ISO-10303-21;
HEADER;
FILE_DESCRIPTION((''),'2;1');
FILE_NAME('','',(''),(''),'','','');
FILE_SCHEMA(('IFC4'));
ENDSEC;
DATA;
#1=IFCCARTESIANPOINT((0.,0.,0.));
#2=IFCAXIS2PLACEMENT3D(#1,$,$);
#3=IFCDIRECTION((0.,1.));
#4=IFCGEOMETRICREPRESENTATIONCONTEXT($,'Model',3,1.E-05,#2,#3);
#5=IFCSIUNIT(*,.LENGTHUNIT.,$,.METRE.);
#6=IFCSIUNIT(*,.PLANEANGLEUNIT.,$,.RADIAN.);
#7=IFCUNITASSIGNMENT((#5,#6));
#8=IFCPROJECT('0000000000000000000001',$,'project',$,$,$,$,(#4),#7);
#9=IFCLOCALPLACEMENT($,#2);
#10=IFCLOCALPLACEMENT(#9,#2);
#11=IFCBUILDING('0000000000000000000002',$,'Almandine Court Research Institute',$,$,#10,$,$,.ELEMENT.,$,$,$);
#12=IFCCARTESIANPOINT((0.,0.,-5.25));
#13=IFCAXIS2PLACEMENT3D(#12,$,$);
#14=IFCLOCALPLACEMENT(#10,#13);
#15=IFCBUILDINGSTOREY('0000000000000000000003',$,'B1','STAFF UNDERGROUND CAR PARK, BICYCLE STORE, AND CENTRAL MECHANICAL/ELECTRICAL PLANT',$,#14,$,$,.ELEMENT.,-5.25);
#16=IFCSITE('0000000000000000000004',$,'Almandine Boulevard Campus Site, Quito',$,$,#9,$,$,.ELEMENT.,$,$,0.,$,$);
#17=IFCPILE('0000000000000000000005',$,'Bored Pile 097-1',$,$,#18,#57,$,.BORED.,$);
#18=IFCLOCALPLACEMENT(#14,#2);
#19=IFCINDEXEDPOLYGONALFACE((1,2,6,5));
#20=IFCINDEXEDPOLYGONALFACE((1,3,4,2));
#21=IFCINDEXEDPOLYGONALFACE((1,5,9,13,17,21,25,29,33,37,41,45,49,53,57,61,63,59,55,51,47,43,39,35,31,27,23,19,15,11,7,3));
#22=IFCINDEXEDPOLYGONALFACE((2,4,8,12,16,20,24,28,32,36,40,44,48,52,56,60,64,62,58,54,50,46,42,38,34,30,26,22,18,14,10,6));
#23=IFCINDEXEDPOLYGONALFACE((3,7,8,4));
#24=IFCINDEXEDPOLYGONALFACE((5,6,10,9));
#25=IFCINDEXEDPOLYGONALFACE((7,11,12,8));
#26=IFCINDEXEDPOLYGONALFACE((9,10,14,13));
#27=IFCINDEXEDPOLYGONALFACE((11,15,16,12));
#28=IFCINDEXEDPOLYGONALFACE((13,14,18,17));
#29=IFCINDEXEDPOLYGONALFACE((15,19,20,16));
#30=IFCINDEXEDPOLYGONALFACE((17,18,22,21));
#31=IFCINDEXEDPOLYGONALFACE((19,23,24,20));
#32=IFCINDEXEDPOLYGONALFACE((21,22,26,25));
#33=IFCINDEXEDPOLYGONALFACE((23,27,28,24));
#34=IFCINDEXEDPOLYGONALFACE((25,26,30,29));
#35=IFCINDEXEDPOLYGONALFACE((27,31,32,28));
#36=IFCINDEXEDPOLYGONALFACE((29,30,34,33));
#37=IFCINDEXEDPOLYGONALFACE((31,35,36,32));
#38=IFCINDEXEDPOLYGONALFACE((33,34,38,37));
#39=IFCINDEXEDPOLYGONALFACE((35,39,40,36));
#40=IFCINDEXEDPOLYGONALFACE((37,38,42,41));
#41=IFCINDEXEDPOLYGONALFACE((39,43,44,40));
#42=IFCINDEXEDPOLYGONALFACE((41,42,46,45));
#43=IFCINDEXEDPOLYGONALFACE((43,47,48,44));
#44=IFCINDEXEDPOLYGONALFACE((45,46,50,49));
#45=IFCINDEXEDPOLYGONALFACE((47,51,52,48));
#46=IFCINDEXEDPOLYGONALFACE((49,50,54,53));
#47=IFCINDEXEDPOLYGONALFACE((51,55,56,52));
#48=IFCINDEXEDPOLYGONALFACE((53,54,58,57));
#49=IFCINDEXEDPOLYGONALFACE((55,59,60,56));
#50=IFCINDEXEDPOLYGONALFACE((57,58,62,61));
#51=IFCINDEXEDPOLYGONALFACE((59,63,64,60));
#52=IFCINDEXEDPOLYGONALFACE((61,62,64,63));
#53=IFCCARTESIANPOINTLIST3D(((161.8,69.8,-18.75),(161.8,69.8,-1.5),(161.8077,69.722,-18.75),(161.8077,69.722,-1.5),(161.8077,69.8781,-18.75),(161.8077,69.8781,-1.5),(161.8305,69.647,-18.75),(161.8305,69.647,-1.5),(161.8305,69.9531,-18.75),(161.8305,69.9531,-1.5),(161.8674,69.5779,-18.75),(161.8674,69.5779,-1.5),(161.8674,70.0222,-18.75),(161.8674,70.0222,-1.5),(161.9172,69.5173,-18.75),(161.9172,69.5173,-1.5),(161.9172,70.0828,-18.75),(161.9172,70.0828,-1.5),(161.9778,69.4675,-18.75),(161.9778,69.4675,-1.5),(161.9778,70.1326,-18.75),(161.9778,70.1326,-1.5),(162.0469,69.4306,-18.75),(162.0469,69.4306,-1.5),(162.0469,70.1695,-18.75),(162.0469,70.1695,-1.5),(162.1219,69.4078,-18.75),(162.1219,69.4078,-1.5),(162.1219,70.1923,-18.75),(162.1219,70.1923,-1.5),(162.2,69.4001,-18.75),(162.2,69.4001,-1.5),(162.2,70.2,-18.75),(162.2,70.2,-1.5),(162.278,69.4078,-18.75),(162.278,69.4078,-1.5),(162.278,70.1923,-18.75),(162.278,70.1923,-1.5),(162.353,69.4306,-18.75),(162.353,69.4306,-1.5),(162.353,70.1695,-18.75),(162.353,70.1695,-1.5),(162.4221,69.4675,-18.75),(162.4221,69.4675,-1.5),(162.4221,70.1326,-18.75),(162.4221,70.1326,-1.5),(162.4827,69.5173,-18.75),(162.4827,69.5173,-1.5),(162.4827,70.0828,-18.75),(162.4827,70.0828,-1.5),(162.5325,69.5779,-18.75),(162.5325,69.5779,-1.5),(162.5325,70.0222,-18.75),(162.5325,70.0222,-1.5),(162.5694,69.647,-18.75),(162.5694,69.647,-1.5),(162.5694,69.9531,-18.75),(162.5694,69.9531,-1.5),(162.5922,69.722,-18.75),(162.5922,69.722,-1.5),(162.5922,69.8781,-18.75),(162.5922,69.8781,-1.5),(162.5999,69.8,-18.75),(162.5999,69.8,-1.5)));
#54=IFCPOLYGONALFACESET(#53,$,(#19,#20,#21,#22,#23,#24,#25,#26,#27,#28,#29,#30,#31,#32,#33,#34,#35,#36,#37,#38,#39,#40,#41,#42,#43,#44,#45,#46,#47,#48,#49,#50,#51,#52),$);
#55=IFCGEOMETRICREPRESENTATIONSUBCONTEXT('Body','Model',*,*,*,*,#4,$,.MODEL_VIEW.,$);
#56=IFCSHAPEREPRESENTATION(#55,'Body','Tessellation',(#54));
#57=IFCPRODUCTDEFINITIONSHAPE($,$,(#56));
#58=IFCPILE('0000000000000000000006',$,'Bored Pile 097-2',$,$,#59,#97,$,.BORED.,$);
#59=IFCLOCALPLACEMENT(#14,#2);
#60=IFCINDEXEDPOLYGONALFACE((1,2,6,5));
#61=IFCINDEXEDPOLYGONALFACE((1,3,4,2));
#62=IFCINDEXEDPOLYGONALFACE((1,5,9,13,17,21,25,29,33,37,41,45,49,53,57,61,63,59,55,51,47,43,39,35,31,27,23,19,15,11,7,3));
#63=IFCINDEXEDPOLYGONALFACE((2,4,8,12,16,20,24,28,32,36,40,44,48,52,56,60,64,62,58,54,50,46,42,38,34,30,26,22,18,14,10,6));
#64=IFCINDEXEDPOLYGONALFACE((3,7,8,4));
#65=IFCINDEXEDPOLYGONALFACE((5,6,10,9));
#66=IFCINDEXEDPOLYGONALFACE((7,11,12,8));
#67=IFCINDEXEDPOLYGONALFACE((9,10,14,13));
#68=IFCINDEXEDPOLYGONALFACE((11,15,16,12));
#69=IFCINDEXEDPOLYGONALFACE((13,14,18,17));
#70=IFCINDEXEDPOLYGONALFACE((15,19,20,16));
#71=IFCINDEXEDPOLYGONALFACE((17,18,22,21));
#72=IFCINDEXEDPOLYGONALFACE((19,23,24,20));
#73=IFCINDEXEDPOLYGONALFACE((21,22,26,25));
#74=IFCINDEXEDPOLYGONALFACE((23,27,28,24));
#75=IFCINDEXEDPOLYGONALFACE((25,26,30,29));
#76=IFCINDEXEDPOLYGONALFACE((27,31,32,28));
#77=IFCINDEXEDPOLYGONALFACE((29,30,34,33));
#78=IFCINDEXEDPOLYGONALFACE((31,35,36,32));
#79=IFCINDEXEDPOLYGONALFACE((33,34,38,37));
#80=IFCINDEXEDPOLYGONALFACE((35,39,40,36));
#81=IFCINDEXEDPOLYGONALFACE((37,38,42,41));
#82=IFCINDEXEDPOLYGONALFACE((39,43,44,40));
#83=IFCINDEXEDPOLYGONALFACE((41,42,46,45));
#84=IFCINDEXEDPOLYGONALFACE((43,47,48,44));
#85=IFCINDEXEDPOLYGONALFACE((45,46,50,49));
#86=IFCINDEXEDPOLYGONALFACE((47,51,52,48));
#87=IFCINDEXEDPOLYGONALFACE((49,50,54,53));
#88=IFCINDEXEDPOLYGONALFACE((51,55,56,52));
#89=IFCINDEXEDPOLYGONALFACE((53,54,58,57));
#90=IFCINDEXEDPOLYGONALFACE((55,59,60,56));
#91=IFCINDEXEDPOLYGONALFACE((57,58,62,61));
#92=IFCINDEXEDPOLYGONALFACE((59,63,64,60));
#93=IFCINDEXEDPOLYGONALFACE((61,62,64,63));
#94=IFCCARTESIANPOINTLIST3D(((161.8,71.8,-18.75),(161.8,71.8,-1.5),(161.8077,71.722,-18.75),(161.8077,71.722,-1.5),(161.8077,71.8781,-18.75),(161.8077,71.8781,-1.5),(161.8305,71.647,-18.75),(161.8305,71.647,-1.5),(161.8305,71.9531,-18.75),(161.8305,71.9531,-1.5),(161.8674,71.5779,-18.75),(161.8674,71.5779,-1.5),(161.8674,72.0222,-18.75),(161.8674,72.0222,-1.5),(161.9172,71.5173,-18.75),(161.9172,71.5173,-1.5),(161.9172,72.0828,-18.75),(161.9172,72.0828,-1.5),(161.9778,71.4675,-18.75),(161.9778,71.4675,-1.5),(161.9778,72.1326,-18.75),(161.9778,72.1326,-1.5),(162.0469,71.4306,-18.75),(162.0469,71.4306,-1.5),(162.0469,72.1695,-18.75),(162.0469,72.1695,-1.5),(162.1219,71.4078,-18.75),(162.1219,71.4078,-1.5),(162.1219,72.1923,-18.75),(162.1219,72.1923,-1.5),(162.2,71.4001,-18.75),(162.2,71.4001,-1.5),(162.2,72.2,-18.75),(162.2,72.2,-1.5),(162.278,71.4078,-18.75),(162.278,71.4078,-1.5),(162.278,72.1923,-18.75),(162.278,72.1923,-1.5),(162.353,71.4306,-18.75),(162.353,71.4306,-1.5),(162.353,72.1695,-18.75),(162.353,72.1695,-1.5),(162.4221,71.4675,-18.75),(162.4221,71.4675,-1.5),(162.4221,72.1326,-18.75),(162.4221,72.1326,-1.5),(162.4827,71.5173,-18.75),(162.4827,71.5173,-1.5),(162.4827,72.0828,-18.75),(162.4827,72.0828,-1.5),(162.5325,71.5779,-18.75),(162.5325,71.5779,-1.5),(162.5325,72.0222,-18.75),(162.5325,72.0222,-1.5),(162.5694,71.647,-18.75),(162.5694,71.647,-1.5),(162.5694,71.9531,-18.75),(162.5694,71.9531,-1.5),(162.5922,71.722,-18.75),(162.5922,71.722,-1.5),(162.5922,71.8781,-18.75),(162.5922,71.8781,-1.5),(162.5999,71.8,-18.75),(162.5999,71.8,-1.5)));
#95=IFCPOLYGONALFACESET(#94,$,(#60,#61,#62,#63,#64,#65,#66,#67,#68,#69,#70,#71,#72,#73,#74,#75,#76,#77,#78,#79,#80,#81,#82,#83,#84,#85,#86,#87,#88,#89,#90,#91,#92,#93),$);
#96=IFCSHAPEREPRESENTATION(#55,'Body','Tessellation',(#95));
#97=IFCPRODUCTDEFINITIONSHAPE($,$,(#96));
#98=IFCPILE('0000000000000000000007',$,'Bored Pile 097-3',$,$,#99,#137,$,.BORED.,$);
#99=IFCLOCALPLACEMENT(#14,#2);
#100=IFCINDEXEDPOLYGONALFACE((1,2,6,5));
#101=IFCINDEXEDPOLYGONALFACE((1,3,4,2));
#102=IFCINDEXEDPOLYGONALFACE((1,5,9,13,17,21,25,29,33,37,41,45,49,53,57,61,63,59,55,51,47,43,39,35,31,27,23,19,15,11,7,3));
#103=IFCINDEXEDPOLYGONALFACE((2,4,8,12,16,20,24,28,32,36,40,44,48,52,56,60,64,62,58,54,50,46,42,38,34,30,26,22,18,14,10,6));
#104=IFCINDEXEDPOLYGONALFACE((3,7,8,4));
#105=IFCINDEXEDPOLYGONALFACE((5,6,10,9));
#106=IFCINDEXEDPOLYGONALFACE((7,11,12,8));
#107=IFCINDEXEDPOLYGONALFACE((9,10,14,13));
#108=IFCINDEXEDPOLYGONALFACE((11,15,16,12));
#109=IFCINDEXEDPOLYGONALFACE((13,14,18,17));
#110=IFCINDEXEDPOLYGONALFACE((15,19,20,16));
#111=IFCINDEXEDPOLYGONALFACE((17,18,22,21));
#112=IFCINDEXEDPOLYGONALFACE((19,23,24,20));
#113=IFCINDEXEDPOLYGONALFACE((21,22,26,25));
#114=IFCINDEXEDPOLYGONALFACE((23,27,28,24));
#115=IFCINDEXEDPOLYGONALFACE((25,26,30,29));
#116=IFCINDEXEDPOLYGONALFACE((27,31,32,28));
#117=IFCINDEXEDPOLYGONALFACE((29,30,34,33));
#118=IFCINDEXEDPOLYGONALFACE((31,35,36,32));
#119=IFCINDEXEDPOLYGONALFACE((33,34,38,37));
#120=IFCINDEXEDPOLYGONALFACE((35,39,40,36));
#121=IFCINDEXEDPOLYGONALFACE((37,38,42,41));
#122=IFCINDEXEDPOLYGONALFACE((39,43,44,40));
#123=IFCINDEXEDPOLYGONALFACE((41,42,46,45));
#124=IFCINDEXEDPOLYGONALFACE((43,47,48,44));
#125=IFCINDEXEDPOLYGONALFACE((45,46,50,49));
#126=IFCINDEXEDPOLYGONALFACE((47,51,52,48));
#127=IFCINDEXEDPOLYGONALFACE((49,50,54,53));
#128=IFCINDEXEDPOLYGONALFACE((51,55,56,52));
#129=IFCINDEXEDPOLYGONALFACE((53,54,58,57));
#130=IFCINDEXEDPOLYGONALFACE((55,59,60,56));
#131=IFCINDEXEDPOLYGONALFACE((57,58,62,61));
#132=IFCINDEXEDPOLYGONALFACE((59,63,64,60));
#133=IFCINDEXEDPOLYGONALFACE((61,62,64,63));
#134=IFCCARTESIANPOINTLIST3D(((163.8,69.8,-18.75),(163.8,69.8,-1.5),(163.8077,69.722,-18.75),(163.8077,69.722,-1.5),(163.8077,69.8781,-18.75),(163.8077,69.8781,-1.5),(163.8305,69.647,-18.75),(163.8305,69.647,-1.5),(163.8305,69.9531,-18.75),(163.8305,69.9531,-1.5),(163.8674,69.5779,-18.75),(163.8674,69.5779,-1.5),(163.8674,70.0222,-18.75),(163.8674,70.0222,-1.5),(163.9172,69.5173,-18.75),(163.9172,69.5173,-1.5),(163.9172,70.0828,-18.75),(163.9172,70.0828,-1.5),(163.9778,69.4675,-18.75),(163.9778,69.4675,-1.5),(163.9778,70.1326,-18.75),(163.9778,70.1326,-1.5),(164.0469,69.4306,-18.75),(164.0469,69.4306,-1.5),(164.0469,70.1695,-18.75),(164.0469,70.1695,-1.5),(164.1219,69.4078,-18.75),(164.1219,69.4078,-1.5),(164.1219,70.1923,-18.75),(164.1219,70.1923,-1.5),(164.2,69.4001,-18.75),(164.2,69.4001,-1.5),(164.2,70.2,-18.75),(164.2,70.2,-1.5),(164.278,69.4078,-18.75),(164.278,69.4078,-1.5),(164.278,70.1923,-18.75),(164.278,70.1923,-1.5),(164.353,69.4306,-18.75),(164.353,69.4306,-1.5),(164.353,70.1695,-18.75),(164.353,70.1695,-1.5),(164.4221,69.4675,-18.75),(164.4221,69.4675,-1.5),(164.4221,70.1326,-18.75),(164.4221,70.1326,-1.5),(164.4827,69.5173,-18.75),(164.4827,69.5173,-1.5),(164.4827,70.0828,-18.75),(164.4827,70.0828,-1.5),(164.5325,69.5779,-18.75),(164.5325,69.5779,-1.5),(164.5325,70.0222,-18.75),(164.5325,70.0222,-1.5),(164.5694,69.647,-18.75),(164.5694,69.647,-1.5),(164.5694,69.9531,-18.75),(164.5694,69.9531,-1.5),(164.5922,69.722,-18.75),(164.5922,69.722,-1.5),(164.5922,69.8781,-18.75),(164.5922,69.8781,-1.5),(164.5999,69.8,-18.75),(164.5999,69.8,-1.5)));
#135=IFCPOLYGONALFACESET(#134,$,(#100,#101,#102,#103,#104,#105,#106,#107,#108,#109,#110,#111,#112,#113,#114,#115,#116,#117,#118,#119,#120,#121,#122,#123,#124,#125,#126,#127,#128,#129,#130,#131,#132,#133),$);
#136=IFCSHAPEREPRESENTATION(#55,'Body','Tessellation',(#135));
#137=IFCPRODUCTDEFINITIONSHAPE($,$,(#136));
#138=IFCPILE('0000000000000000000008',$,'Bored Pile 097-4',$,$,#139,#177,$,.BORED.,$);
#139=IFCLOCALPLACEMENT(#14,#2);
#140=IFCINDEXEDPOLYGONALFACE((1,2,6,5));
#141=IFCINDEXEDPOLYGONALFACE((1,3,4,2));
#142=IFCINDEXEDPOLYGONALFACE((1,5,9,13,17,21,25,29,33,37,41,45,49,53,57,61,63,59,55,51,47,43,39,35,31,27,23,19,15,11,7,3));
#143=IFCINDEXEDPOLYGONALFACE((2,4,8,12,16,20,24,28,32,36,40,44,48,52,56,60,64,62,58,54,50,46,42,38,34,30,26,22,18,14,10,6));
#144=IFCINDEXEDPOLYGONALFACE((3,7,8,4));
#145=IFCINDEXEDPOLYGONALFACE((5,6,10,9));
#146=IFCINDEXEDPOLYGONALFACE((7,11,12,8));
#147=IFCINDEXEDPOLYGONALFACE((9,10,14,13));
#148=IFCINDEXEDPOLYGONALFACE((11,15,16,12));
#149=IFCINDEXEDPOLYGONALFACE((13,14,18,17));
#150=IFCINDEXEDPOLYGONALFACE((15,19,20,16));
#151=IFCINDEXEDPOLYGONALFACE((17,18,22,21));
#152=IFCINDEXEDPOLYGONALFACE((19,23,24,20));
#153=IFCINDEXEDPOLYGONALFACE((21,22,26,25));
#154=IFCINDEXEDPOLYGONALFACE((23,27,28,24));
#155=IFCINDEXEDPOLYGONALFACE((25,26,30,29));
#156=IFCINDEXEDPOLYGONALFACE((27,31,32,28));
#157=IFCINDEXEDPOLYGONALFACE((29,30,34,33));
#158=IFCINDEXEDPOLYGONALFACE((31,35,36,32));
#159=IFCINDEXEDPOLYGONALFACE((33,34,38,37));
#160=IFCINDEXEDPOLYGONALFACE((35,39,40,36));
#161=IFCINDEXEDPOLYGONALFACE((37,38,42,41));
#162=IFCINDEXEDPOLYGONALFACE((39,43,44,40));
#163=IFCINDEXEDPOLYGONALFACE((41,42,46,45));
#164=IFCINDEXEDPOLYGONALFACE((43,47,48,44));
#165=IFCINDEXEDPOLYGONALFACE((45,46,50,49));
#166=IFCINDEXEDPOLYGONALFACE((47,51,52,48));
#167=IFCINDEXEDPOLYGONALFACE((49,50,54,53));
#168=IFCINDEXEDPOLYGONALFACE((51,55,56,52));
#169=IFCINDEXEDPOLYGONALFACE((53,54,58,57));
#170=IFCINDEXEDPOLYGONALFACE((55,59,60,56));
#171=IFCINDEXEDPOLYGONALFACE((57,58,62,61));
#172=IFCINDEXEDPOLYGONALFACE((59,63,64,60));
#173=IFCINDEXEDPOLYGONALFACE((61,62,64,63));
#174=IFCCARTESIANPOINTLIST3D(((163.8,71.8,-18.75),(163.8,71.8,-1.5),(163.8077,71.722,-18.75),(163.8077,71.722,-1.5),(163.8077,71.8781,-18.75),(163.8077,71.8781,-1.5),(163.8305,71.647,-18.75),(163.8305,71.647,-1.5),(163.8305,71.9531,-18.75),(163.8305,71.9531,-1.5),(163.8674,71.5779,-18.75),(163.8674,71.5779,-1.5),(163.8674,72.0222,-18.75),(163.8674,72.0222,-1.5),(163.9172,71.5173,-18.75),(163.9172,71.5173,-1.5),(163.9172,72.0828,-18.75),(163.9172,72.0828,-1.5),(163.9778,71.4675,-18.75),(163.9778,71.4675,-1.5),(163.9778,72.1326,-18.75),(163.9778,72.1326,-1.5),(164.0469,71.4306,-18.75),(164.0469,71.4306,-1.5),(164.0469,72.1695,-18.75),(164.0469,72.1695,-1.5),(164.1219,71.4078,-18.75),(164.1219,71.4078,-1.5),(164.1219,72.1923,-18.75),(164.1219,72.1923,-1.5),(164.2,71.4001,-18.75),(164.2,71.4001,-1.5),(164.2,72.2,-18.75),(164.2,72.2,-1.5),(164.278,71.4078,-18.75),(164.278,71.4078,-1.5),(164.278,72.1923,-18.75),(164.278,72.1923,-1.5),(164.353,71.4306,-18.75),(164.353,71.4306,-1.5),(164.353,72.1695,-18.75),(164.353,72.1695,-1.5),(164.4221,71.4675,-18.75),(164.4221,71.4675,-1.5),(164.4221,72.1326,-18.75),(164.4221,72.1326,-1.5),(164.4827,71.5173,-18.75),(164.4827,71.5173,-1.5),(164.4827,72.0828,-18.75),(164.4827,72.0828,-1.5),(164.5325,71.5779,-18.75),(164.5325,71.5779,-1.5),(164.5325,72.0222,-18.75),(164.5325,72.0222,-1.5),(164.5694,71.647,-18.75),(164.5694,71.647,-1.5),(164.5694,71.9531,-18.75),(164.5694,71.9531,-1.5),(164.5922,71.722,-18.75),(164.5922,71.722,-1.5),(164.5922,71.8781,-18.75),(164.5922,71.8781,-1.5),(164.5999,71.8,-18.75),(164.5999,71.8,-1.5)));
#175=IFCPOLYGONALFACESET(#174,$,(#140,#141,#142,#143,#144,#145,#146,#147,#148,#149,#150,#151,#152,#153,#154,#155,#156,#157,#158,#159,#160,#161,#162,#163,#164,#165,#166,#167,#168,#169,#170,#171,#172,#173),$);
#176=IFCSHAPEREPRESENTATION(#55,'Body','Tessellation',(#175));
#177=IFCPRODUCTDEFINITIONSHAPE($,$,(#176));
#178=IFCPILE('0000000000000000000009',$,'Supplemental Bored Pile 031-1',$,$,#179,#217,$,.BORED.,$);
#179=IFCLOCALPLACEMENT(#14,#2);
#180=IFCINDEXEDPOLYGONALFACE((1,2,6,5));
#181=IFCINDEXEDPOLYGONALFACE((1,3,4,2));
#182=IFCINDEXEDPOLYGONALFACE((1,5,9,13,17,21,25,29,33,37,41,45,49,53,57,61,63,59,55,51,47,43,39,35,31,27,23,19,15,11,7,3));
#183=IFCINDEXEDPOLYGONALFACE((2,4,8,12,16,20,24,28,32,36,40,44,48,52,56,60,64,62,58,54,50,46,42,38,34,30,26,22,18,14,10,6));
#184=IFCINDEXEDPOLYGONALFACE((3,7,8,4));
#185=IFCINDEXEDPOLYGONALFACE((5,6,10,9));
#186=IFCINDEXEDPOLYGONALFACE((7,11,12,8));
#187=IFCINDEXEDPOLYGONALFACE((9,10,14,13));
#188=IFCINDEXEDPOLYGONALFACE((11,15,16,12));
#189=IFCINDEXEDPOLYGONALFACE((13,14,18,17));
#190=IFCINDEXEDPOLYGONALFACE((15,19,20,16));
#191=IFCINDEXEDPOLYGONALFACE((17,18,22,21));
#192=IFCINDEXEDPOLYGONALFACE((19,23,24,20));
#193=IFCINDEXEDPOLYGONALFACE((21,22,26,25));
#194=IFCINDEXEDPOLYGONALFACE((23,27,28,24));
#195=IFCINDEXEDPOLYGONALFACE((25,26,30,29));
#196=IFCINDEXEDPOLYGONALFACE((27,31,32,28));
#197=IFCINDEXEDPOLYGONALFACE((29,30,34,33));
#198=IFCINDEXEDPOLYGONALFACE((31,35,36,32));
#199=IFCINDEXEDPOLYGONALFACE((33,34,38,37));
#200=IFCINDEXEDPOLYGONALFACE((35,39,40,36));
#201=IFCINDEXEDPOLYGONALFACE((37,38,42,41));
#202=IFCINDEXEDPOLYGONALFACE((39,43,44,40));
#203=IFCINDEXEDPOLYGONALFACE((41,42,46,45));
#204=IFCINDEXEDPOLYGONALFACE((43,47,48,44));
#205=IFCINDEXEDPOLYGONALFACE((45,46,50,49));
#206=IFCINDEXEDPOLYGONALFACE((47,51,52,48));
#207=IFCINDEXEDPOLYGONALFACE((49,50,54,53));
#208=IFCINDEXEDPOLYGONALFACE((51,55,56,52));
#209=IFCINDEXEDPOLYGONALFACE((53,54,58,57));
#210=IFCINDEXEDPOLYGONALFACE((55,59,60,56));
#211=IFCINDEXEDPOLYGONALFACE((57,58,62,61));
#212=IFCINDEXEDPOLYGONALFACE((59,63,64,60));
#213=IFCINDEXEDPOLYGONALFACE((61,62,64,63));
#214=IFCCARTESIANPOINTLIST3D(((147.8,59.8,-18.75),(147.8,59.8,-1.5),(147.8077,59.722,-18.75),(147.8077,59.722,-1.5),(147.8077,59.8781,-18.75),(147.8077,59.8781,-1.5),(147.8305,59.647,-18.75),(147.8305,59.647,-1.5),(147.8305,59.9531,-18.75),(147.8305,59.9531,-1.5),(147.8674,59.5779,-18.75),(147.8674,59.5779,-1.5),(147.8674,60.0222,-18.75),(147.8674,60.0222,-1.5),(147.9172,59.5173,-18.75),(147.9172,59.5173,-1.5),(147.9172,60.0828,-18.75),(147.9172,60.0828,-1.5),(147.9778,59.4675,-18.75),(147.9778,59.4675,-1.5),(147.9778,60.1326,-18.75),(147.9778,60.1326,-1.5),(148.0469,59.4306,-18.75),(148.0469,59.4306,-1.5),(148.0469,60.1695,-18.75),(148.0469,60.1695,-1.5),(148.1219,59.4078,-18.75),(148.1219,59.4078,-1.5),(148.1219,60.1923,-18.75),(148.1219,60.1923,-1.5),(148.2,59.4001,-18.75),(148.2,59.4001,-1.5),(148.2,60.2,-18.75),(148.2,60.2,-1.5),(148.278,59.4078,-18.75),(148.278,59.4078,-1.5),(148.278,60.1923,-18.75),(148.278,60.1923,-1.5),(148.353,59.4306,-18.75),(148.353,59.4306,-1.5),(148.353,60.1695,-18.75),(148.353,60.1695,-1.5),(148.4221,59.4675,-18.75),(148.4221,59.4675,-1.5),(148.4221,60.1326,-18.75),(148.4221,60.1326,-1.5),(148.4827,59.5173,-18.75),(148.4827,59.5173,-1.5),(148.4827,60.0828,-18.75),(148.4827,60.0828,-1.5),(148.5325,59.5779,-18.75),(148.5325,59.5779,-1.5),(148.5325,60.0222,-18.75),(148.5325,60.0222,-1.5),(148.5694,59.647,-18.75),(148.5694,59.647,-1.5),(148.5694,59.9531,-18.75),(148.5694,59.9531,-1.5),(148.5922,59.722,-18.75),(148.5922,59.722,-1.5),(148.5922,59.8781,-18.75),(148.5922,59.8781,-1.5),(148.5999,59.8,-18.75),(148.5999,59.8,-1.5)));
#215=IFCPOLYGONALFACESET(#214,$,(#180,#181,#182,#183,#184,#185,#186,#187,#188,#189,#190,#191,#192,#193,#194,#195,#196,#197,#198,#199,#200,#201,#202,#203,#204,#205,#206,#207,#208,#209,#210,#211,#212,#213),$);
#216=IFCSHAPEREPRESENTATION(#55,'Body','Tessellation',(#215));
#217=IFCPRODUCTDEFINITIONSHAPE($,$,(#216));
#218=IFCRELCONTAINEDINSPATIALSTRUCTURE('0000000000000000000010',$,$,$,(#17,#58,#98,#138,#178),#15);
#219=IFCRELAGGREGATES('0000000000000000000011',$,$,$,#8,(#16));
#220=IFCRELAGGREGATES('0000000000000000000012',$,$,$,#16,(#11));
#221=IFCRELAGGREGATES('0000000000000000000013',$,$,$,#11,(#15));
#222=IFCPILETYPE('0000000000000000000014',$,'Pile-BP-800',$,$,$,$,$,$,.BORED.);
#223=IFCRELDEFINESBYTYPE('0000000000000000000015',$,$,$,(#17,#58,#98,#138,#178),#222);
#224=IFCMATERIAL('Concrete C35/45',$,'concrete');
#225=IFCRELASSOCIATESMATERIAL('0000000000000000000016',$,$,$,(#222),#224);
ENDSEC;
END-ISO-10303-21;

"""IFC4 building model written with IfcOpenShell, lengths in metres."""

from ifc_helpers import new_model, si_unit, direction, frame, origin, origin_2d, place, context, subcontext, project, spatial, circle, extrude, material, material_profile, profile_set, type_object, element, save


model = new_model("IFC4")

# Units and contexts
model_context = context("Model", 3, precision=1e-05, world=origin(), true_north=direction((0.0, 1.0)))
body_context = subcontext(model_context, "Body", "Model", "MODEL_VIEW")
ifc_project = project(units=[si_unit("LENGTHUNIT", "METRE"), si_unit("PLANEANGLEUNIT", "RADIAN")], contexts=[model_context])

# Site, building, storey
site_placement = place(None, origin())
site = spatial("IfcSite", under=ifc_project, at=site_placement, Name="Almandine Boulevard Campus Site, Quito", CompositionType="ELEMENT", RefElevation=0.0)
building_placement = place(site_placement, origin())
building = spatial("IfcBuilding", under=site, at=building_placement, Name="Almandine Court Research Institute", CompositionType="ELEMENT")
storey_placement = place(building_placement, frame((0.0, 0.0, -5.25)))
storey = spatial("IfcBuildingStorey", under=building, at=storey_placement, Name="B1", Description="STAFF UNDERGROUND CAR PARK, BICYCLE STORE, AND CENTRAL MECHANICAL/ELECTRICAL PLANT", CompositionType="ELEMENT", Elevation=-5.25)

# Shared definitions
ifc_material_1 = material(Name="Concrete C35/45", Category="concrete")

# Piles
ifc_material_profile_1 = material_profile(ifc_material_1, circle(Radius=0.3999, at=origin_2d()), Name="BORED PILE D800")
ifc_profile_set_1 = profile_set([ifc_material_profile_1], Name="Concrete C35/45")
pile_type = type_object("IfcPileType", Name="Pile-BP-800", PredefinedType="BORED", material=ifc_profile_set_1)
for number, where, z_axis, x_axis, name in (
    (1, (162.2, 69.8, -1.5), (0.0, 0.0, -1.0), (1.0, 0.0, 0.0), "Bored Pile 097-1"),
    (2, (162.2, 71.8, -1.5), (0.0, 0.0, -1.0), (1.0, 0.0, 0.0), "Bored Pile 097-2"),
    (3, (164.2, 69.8, -1.5), (0.0, 0.0, -1.0), (1.0, 0.0, 0.0), "Bored Pile 097-3"),
    (4, (164.2, 71.8, -1.5), (0.0, 0.0, -1.0), (1.0, 0.0, 0.0), "Bored Pile 097-4"),
    (5, (148.2, 59.8, -1.5), (0.0, 0.0, -1.0), (1.0, 0.0, 0.0), "Supplemental Bored Pile 031-1"),
):
    element("IfcPile", number, at=place(storey_placement, frame(where, z_axis=z_axis, x_axis=x_axis)), inside=storey, type_object=pile_type, Name=name, PredefinedType="BORED", context=body_context, shape_type="SweptSolid", body=[
        extrude(circle(Radius=0.3999, at=origin_2d()), origin(), (0.0, 0.0, 1.0), 17.25),
    ])

save(model, "model.ifc")
